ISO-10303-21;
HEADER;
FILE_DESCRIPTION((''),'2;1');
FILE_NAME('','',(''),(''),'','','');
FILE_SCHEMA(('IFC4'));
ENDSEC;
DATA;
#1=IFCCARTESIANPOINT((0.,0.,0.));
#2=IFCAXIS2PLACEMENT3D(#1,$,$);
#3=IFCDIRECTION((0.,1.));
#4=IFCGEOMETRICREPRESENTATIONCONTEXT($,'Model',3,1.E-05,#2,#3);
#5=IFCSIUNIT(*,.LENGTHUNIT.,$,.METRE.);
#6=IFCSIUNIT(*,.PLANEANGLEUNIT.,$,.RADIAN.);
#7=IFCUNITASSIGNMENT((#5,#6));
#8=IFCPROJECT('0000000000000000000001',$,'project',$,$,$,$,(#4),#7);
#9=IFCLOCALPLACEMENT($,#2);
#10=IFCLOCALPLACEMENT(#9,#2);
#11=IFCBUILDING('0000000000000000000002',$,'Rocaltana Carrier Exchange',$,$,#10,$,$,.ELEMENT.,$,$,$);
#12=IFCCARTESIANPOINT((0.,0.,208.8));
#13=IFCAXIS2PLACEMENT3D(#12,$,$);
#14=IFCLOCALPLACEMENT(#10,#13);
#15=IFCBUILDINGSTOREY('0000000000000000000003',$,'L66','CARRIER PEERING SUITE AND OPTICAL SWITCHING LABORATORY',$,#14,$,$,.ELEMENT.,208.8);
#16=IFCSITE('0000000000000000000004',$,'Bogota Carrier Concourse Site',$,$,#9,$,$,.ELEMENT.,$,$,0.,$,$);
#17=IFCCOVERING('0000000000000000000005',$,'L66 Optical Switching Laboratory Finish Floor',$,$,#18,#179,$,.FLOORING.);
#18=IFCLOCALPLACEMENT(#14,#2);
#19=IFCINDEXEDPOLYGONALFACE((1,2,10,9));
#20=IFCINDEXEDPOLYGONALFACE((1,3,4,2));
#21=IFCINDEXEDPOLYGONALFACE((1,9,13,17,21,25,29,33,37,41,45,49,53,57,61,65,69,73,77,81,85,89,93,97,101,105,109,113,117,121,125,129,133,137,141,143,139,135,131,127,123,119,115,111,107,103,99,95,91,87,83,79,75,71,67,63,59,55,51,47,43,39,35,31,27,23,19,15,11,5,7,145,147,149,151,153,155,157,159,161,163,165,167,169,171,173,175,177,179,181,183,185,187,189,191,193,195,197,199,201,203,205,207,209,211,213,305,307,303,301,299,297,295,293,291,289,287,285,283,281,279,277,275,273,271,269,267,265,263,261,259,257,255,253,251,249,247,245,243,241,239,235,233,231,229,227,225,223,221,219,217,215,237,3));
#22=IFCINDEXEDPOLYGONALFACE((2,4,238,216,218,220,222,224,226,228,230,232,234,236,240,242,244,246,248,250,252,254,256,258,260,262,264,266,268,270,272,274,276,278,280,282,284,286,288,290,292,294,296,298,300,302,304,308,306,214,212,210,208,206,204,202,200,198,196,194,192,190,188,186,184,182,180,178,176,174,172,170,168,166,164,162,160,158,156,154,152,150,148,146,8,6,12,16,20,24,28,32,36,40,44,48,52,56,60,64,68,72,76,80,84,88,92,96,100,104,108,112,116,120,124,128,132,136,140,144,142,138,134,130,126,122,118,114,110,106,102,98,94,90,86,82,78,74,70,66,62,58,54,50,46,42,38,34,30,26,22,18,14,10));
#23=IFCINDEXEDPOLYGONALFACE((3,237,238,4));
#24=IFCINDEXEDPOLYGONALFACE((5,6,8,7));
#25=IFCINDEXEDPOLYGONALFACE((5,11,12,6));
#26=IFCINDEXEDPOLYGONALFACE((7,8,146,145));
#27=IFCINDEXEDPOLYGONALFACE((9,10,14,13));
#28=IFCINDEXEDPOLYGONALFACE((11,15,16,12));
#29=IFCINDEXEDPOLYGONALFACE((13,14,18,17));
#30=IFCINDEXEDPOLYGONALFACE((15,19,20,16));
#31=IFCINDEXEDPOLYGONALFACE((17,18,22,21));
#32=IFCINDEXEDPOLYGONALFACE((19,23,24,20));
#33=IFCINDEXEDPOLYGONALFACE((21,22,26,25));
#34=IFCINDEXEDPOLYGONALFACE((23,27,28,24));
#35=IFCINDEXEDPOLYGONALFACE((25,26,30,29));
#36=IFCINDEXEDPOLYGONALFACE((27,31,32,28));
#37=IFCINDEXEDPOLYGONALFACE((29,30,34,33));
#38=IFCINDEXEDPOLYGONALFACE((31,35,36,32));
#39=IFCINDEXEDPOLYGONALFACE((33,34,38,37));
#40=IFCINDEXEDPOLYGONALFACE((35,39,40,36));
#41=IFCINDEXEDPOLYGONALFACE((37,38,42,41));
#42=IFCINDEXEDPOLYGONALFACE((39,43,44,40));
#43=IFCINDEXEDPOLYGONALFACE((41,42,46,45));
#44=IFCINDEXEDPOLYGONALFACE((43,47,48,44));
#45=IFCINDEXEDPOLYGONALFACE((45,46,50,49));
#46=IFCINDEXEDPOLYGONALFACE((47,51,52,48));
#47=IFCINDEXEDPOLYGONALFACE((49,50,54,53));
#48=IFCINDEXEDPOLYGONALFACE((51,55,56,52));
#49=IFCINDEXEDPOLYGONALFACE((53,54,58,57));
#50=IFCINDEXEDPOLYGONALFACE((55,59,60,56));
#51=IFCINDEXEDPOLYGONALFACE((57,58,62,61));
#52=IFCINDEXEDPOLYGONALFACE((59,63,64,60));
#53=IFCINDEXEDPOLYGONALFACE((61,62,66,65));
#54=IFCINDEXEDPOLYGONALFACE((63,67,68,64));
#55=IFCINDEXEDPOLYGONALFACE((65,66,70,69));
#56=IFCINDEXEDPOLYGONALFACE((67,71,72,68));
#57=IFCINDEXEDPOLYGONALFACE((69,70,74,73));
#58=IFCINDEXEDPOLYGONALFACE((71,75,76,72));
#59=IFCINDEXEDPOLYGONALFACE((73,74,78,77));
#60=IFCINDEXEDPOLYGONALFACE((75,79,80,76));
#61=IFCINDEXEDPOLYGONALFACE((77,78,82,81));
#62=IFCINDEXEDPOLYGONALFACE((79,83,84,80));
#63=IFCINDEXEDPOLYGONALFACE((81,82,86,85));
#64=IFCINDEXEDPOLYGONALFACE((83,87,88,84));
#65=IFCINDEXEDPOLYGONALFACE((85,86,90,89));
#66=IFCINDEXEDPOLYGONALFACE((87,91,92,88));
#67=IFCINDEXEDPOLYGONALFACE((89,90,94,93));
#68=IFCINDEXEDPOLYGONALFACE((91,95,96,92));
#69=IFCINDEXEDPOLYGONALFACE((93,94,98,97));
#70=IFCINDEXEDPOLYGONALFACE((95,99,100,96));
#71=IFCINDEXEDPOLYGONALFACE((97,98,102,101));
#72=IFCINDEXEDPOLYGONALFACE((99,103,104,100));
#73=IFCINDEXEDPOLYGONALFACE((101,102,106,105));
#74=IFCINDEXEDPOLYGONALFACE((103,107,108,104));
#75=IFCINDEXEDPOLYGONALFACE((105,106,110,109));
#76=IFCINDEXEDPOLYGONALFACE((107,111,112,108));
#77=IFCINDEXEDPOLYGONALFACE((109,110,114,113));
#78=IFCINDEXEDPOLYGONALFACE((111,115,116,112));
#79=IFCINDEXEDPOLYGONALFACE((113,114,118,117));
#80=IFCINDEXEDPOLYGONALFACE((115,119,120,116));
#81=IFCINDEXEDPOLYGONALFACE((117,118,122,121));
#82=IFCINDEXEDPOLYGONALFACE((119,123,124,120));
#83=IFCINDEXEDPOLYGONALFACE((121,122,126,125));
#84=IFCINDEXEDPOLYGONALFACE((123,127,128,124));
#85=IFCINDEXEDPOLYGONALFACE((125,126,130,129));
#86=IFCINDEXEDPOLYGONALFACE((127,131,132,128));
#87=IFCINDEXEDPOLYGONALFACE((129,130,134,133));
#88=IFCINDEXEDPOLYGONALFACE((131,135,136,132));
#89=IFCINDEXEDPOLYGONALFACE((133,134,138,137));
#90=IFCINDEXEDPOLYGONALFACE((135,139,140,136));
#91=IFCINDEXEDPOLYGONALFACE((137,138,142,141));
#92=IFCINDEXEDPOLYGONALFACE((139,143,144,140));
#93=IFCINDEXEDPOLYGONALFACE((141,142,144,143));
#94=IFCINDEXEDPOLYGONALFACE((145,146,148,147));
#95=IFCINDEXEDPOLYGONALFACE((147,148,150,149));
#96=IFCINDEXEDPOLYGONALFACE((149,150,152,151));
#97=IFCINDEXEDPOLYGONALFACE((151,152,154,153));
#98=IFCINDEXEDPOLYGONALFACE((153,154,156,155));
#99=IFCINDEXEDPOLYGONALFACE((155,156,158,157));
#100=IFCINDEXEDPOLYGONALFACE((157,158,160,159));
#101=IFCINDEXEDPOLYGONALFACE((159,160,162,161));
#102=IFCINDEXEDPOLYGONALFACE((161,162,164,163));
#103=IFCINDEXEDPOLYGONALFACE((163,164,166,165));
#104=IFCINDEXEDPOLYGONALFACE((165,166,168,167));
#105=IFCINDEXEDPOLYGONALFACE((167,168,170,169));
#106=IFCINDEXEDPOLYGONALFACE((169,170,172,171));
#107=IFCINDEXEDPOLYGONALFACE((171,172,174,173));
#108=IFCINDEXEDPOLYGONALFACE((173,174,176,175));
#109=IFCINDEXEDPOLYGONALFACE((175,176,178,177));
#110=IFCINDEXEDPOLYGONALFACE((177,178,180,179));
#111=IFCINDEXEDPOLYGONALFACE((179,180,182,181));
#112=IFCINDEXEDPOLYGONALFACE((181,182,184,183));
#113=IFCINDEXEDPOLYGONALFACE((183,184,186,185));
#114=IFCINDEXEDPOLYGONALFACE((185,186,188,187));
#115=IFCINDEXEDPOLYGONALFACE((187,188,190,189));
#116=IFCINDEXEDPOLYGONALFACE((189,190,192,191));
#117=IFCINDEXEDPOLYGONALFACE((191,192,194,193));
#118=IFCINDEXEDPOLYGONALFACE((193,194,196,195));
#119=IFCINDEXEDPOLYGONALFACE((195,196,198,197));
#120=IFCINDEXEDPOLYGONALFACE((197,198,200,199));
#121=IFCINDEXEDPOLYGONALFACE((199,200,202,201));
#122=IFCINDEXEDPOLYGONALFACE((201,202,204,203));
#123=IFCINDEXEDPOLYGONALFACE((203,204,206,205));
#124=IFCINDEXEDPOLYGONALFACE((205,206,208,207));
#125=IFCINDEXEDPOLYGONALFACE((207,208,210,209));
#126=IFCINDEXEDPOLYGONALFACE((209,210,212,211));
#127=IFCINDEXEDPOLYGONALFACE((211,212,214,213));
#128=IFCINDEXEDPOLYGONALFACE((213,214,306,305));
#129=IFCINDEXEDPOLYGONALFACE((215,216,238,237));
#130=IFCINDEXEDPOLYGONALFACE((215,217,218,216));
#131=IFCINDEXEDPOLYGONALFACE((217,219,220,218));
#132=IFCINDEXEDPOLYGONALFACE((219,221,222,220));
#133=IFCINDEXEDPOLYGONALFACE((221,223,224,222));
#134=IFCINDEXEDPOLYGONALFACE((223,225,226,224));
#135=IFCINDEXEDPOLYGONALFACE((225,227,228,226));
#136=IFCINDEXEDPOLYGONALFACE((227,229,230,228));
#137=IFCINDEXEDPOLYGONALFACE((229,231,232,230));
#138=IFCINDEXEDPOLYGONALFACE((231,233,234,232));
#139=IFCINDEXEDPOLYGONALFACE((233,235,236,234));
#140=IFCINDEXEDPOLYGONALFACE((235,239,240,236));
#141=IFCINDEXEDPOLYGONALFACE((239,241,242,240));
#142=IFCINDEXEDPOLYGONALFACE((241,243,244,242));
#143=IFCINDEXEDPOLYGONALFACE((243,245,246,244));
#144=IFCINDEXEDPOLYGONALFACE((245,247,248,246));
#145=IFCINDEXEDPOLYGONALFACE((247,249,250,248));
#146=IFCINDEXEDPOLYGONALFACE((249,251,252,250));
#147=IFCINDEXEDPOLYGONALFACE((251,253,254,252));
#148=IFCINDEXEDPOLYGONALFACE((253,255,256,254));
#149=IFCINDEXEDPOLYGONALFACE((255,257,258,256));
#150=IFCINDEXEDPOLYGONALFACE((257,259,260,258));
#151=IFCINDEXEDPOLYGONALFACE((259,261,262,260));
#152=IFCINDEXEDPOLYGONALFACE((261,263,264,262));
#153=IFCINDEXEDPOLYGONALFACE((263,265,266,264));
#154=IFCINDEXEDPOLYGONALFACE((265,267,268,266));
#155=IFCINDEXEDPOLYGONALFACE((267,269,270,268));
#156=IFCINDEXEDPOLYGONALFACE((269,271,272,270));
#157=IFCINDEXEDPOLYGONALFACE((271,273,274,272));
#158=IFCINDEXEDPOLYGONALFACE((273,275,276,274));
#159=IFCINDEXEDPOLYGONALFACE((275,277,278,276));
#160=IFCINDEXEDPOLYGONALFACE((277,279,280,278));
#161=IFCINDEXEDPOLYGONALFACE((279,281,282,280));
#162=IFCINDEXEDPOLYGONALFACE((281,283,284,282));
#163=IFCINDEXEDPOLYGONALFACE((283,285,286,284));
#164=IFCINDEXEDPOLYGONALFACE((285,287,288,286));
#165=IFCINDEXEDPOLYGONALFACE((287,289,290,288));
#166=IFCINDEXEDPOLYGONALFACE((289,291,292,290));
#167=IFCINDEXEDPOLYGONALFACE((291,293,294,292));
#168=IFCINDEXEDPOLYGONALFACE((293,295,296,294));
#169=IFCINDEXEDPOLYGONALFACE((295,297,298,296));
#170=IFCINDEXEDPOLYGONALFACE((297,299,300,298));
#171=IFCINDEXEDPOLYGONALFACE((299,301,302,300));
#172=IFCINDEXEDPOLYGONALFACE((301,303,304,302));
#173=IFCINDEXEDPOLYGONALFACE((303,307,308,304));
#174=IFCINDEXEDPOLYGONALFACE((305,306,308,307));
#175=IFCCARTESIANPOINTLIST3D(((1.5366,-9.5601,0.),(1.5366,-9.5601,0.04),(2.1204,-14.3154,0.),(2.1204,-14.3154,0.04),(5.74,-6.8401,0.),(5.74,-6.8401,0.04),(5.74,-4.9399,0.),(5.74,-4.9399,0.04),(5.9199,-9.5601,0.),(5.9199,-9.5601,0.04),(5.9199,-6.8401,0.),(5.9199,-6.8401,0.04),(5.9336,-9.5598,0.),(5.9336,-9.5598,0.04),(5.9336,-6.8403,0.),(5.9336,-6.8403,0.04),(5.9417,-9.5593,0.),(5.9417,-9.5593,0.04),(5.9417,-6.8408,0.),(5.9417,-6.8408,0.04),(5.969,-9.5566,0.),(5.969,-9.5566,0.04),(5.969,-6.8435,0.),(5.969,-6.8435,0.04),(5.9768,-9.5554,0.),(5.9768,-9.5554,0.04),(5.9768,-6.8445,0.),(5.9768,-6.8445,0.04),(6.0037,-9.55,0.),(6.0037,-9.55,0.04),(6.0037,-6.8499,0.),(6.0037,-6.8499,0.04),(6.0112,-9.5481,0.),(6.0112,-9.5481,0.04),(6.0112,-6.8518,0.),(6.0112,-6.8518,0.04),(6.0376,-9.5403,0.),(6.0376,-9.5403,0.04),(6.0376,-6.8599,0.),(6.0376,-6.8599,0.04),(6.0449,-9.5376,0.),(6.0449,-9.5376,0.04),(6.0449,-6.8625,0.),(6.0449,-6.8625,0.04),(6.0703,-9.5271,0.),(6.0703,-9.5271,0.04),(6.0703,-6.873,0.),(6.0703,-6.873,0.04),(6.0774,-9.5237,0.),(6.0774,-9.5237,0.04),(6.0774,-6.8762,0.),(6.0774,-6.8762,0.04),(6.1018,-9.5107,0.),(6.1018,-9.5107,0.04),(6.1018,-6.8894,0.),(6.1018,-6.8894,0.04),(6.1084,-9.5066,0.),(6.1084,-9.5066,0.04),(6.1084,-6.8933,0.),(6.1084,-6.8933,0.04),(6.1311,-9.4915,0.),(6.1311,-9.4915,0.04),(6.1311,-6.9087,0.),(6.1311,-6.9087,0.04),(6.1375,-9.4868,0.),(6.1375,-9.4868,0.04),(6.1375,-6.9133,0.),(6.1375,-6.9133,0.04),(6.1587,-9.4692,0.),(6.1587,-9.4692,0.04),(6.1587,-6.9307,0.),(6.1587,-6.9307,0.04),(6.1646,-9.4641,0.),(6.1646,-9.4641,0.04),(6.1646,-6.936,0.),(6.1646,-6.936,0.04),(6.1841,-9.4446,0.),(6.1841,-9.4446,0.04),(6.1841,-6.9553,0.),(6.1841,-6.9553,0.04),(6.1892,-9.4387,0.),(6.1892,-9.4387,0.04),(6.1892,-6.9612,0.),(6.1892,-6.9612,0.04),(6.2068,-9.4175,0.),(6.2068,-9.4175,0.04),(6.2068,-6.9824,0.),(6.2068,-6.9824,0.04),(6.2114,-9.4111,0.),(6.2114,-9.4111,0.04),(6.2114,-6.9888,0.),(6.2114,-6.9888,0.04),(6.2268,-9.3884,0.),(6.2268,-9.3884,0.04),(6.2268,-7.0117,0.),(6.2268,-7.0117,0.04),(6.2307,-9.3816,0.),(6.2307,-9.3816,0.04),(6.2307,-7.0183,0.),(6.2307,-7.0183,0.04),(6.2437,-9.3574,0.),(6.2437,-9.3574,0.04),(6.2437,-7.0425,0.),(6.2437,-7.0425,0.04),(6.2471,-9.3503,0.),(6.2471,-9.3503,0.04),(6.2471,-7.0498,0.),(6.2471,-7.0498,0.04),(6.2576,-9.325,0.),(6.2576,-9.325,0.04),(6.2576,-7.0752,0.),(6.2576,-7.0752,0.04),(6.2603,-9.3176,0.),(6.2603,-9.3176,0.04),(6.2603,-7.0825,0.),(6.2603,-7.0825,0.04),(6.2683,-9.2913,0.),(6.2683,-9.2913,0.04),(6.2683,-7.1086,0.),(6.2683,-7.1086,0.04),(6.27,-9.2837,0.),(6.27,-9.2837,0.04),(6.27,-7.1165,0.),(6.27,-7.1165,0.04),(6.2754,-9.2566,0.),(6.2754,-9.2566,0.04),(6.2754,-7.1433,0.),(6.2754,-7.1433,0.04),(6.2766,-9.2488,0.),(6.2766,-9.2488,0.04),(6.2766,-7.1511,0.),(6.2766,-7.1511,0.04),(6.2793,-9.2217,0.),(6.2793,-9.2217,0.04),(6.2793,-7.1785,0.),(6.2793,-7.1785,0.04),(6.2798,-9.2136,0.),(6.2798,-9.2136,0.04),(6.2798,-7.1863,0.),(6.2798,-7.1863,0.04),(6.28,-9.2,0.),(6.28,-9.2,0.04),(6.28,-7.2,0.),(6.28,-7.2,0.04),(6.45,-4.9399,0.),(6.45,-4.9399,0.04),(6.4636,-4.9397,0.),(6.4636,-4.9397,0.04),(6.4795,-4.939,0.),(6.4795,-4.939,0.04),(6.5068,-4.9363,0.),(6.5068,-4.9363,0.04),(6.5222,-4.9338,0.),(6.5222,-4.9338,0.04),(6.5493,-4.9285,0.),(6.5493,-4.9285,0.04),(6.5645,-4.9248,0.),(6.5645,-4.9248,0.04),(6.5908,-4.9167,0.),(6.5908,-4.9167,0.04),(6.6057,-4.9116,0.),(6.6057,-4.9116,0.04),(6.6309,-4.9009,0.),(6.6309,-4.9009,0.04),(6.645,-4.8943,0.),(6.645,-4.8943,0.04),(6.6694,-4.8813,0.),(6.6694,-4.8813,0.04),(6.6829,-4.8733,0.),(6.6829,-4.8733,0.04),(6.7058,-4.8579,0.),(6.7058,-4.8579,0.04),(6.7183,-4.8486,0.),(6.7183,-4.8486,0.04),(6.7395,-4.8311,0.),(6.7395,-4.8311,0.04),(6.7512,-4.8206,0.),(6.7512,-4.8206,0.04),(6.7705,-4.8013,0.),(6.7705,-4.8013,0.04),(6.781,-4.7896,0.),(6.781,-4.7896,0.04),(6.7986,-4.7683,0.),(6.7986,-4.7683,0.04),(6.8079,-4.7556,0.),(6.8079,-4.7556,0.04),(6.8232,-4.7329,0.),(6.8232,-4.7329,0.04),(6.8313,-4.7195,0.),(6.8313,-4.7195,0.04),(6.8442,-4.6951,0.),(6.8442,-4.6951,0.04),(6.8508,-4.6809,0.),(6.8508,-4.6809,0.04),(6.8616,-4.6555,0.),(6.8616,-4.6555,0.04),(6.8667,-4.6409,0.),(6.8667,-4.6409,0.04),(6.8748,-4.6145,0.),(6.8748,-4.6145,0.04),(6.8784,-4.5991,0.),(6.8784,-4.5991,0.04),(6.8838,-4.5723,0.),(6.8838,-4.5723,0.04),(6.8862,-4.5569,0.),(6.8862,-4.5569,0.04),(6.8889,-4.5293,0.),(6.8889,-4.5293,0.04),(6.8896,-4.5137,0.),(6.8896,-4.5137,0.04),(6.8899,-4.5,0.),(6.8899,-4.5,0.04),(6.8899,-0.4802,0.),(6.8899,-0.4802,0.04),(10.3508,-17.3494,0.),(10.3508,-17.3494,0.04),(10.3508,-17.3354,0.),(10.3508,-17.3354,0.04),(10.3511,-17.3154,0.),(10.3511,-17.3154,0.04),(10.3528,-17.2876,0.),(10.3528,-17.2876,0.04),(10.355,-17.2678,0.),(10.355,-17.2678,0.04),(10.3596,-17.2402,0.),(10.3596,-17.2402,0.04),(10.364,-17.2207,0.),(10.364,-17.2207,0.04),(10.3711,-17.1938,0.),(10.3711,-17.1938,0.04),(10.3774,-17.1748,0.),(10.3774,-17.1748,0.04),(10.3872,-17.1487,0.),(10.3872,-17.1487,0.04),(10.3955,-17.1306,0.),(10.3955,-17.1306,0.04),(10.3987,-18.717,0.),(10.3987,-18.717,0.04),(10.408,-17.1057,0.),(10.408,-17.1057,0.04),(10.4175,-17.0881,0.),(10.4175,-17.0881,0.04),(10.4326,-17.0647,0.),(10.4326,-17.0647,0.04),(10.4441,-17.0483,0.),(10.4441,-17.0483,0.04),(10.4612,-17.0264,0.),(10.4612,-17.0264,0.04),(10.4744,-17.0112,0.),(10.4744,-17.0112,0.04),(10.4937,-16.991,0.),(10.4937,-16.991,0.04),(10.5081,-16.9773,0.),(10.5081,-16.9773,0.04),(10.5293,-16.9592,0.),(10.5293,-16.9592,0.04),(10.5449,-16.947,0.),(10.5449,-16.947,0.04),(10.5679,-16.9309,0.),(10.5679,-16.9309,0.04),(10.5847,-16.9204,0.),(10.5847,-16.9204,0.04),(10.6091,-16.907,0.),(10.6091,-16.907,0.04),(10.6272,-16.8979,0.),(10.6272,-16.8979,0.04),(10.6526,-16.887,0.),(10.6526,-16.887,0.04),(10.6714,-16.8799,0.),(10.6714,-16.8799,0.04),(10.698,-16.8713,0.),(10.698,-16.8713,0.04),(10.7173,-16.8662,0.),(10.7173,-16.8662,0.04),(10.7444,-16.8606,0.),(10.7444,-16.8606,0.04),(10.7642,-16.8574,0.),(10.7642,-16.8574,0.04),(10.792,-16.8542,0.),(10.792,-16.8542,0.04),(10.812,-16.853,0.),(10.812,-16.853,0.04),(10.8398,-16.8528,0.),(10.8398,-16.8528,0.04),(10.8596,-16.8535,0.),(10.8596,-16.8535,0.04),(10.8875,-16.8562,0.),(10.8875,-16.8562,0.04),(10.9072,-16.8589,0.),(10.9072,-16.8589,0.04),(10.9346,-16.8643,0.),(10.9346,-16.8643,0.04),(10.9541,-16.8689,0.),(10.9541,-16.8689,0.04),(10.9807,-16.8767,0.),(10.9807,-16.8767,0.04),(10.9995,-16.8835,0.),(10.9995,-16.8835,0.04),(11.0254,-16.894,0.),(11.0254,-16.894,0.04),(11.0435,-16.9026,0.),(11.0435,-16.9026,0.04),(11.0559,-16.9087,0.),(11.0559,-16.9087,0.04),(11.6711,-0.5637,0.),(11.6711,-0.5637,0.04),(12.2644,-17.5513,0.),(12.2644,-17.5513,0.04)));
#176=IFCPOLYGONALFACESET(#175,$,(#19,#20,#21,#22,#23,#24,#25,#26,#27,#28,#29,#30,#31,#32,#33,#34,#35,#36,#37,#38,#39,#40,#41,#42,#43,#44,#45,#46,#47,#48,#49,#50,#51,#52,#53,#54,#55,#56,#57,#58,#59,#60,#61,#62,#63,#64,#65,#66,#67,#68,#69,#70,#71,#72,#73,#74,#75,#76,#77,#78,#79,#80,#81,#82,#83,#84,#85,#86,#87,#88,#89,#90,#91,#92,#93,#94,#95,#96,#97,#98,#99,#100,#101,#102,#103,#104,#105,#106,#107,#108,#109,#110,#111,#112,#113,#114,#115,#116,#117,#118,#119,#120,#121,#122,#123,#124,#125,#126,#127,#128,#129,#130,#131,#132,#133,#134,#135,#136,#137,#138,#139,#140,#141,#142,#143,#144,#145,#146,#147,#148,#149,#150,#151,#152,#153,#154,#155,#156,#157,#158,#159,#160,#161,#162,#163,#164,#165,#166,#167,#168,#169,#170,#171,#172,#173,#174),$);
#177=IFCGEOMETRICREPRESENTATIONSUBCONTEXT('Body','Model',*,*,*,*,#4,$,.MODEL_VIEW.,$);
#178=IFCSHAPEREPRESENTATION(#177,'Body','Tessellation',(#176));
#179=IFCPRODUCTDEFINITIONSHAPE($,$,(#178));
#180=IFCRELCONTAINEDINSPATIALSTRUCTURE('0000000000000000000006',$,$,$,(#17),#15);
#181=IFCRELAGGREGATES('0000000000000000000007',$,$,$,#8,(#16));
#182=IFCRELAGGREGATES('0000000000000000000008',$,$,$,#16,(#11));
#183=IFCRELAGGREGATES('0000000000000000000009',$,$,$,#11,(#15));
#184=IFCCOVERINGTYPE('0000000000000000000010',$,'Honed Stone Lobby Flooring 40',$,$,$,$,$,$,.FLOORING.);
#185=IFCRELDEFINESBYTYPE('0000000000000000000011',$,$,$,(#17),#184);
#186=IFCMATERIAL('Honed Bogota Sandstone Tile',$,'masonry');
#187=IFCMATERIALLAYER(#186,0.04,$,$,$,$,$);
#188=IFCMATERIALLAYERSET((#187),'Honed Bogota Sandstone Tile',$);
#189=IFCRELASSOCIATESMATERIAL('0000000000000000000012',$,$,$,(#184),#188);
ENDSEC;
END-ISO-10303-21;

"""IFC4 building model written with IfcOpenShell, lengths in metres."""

from ifc_helpers import new_model, si_unit, direction, frame, origin, place, context, subcontext, project, spatial, polyline, outline, extrude, material, layer, layer_set, type_object, element, save


model = new_model("IFC4")

# Units and contexts
model_context = context("Model", 3, precision=1e-05, world=origin(), true_north=direction((0.0, 1.0)))
body_context = subcontext(model_context, "Body", "Model", "MODEL_VIEW")
ifc_project = project(units=[si_unit("LENGTHUNIT", "METRE"), si_unit("PLANEANGLEUNIT", "RADIAN")], contexts=[model_context])

# Site, building, storey
site_placement = place(None, origin())
site = spatial("IfcSite", under=ifc_project, at=site_placement, Name="Bogota Carrier Concourse Site", CompositionType="ELEMENT", RefElevation=0.0)
building_placement = place(site_placement, origin())
building = spatial("IfcBuilding", under=site, at=building_placement, Name="Rocaltana Carrier Exchange", CompositionType="ELEMENT")
storey_placement = place(building_placement, frame((0.0, 0.0, 208.8)))
storey = spatial("IfcBuildingStorey", under=building, at=storey_placement, Name="L66", Description="CARRIER PEERING SUITE AND OPTICAL SWITCHING LABORATORY", CompositionType="ELEMENT", Elevation=208.8)

# Covering
ifc_material_1 = material(Name="Honed Bogota Sandstone Tile", Category="masonry")
ifc_layer_1 = layer(ifc_material_1, 0.04)
ifc_layer_set_1 = layer_set([ifc_layer_1], Name="Honed Bogota Sandstone Tile")
covering_type_1 = type_object("IfcCoveringType", Name="Honed Stone Lobby Flooring 40", PredefinedType="FLOORING", material=ifc_layer_set_1)
covering_1_placement = place(storey_placement, origin())
element("IfcCovering", 1, at=covering_1_placement, inside=storey, type_object=covering_type_1, Name="L66 Optical Switching Laboratory Finish Floor", PredefinedType="FLOORING", context=body_context, shape_type="SweptSolid", body=[
    extrude(outline(polyline([(5.74, -6.8401), (5.74, -4.9399), (6.45, -4.9399), (6.4636, -4.9397), (6.4795, -4.939), (6.5068, -4.9363), (6.5222, -4.9338), (6.5493, -4.9285), (6.5645, -4.9248), (6.5908, -4.9167), (6.6057, -4.9116), (6.6309, -4.9009), (6.645, -4.8943), (6.6694, -4.8813), (6.6829, -4.8733), (6.7058, -4.8579), (6.7183, -4.8486), (6.7395, -4.8311), (6.7512, -4.8206), (6.7705, -4.8013), (6.781, -4.7896), (6.7986, -4.7683), (6.8079, -4.7556), (6.8232, -4.7329), (6.8313, -4.7195), (6.8442, -4.6951), (6.8508, -4.6809), (6.8616, -4.6555), (6.8667, -4.6409), (6.8748, -4.6145), (6.8784, -4.5991), (6.8838, -4.5723), (6.8862, -4.5569), (6.8889, -4.5293), (6.8896, -4.5137), (6.8899, -4.5), (6.8899, -0.4802), (11.6711, -0.5637), (12.2644, -17.5513), (11.0559, -16.9087), (11.0435, -16.9026), (11.0254, -16.894), (10.9995, -16.8835), (10.9807, -16.8767), (10.9541, -16.8689), (10.9346, -16.8643), (10.9072, -16.8589), (10.8875, -16.8562), (10.8596, -16.8535), (10.8398, -16.8528), (10.812, -16.853), (10.792, -16.8542), (10.7642, -16.8574), (10.7444, -16.8606), (10.7173, -16.8662), (10.698, -16.8713), (10.6714, -16.8799), (10.6526, -16.887), (10.6272, -16.8979), (10.6091, -16.907), (10.5847, -16.9204), (10.5679, -16.9309), (10.5449, -16.947), (10.5293, -16.9592), (10.5081, -16.9773), (10.4937, -16.991), (10.4744, -17.0112), (10.4612, -17.0264), (10.4441, -17.0483), (10.4326, -17.0647), (10.4175, -17.0881), (10.408, -17.1057), (10.3955, -17.1306), (10.3872, -17.1487), (10.3774, -17.1748), (10.3711, -17.1938), (10.364, -17.2207), (10.3596, -17.2402), (10.355, -17.2678), (10.3528, -17.2876), (10.3511, -17.3154), (10.3508, -17.3354), (10.3508, -17.3494), (10.3987, -18.717), (2.1204, -14.3154), (1.5366, -9.5601), (5.9199, -9.5601), (5.9336, -9.5598), (5.9417, -9.5593), (5.969, -9.5566), (5.9768, -9.5554), (6.0037, -9.55), (6.0112, -9.5481), (6.0376, -9.5403), (6.0449, -9.5376), (6.0703, -9.5271), (6.0774, -9.5237), (6.1018, -9.5107), (6.1084, -9.5066), (6.1311, -9.4915), (6.1375, -9.4868), (6.1587, -9.4692), (6.1646, -9.4641), (6.1841, -9.4446), (6.1892, -9.4387), (6.2068, -9.4175), (6.2114, -9.4111), (6.2268, -9.3884), (6.2307, -9.3816), (6.2437, -9.3574), (6.2471, -9.3503), (6.2576, -9.325), (6.2603, -9.3176), (6.2683, -9.2913), (6.27, -9.2837), (6.2754, -9.2566), (6.2766, -9.2488), (6.2793, -9.2217), (6.2798, -9.2136), (6.28, -9.2), (6.28, -7.2), (6.2798, -7.1863), (6.2793, -7.1785), (6.2766, -7.1511), (6.2754, -7.1433), (6.27, -7.1165), (6.2683, -7.1086), (6.2603, -7.0825), (6.2576, -7.0752), (6.2471, -7.0498), (6.2437, -7.0425), (6.2307, -7.0183), (6.2268, -7.0117), (6.2114, -6.9888), (6.2068, -6.9824), (6.1892, -6.9612), (6.1841, -6.9553), (6.1646, -6.936), (6.1587, -6.9307), (6.1375, -6.9133), (6.1311, -6.9087), (6.1084, -6.8933), (6.1018, -6.8894), (6.0774, -6.8762), (6.0703, -6.873), (6.0449, -6.8625), (6.0376, -6.8599), (6.0112, -6.8518), (6.0037, -6.8499), (5.9768, -6.8445), (5.969, -6.8435), (5.9417, -6.8408), (5.9336, -6.8403), (5.9199, -6.8401), (5.74, -6.8401)])), origin(), (0.0, 0.0, 1.0), 0.04),
])

save(model, "model.ifc")
